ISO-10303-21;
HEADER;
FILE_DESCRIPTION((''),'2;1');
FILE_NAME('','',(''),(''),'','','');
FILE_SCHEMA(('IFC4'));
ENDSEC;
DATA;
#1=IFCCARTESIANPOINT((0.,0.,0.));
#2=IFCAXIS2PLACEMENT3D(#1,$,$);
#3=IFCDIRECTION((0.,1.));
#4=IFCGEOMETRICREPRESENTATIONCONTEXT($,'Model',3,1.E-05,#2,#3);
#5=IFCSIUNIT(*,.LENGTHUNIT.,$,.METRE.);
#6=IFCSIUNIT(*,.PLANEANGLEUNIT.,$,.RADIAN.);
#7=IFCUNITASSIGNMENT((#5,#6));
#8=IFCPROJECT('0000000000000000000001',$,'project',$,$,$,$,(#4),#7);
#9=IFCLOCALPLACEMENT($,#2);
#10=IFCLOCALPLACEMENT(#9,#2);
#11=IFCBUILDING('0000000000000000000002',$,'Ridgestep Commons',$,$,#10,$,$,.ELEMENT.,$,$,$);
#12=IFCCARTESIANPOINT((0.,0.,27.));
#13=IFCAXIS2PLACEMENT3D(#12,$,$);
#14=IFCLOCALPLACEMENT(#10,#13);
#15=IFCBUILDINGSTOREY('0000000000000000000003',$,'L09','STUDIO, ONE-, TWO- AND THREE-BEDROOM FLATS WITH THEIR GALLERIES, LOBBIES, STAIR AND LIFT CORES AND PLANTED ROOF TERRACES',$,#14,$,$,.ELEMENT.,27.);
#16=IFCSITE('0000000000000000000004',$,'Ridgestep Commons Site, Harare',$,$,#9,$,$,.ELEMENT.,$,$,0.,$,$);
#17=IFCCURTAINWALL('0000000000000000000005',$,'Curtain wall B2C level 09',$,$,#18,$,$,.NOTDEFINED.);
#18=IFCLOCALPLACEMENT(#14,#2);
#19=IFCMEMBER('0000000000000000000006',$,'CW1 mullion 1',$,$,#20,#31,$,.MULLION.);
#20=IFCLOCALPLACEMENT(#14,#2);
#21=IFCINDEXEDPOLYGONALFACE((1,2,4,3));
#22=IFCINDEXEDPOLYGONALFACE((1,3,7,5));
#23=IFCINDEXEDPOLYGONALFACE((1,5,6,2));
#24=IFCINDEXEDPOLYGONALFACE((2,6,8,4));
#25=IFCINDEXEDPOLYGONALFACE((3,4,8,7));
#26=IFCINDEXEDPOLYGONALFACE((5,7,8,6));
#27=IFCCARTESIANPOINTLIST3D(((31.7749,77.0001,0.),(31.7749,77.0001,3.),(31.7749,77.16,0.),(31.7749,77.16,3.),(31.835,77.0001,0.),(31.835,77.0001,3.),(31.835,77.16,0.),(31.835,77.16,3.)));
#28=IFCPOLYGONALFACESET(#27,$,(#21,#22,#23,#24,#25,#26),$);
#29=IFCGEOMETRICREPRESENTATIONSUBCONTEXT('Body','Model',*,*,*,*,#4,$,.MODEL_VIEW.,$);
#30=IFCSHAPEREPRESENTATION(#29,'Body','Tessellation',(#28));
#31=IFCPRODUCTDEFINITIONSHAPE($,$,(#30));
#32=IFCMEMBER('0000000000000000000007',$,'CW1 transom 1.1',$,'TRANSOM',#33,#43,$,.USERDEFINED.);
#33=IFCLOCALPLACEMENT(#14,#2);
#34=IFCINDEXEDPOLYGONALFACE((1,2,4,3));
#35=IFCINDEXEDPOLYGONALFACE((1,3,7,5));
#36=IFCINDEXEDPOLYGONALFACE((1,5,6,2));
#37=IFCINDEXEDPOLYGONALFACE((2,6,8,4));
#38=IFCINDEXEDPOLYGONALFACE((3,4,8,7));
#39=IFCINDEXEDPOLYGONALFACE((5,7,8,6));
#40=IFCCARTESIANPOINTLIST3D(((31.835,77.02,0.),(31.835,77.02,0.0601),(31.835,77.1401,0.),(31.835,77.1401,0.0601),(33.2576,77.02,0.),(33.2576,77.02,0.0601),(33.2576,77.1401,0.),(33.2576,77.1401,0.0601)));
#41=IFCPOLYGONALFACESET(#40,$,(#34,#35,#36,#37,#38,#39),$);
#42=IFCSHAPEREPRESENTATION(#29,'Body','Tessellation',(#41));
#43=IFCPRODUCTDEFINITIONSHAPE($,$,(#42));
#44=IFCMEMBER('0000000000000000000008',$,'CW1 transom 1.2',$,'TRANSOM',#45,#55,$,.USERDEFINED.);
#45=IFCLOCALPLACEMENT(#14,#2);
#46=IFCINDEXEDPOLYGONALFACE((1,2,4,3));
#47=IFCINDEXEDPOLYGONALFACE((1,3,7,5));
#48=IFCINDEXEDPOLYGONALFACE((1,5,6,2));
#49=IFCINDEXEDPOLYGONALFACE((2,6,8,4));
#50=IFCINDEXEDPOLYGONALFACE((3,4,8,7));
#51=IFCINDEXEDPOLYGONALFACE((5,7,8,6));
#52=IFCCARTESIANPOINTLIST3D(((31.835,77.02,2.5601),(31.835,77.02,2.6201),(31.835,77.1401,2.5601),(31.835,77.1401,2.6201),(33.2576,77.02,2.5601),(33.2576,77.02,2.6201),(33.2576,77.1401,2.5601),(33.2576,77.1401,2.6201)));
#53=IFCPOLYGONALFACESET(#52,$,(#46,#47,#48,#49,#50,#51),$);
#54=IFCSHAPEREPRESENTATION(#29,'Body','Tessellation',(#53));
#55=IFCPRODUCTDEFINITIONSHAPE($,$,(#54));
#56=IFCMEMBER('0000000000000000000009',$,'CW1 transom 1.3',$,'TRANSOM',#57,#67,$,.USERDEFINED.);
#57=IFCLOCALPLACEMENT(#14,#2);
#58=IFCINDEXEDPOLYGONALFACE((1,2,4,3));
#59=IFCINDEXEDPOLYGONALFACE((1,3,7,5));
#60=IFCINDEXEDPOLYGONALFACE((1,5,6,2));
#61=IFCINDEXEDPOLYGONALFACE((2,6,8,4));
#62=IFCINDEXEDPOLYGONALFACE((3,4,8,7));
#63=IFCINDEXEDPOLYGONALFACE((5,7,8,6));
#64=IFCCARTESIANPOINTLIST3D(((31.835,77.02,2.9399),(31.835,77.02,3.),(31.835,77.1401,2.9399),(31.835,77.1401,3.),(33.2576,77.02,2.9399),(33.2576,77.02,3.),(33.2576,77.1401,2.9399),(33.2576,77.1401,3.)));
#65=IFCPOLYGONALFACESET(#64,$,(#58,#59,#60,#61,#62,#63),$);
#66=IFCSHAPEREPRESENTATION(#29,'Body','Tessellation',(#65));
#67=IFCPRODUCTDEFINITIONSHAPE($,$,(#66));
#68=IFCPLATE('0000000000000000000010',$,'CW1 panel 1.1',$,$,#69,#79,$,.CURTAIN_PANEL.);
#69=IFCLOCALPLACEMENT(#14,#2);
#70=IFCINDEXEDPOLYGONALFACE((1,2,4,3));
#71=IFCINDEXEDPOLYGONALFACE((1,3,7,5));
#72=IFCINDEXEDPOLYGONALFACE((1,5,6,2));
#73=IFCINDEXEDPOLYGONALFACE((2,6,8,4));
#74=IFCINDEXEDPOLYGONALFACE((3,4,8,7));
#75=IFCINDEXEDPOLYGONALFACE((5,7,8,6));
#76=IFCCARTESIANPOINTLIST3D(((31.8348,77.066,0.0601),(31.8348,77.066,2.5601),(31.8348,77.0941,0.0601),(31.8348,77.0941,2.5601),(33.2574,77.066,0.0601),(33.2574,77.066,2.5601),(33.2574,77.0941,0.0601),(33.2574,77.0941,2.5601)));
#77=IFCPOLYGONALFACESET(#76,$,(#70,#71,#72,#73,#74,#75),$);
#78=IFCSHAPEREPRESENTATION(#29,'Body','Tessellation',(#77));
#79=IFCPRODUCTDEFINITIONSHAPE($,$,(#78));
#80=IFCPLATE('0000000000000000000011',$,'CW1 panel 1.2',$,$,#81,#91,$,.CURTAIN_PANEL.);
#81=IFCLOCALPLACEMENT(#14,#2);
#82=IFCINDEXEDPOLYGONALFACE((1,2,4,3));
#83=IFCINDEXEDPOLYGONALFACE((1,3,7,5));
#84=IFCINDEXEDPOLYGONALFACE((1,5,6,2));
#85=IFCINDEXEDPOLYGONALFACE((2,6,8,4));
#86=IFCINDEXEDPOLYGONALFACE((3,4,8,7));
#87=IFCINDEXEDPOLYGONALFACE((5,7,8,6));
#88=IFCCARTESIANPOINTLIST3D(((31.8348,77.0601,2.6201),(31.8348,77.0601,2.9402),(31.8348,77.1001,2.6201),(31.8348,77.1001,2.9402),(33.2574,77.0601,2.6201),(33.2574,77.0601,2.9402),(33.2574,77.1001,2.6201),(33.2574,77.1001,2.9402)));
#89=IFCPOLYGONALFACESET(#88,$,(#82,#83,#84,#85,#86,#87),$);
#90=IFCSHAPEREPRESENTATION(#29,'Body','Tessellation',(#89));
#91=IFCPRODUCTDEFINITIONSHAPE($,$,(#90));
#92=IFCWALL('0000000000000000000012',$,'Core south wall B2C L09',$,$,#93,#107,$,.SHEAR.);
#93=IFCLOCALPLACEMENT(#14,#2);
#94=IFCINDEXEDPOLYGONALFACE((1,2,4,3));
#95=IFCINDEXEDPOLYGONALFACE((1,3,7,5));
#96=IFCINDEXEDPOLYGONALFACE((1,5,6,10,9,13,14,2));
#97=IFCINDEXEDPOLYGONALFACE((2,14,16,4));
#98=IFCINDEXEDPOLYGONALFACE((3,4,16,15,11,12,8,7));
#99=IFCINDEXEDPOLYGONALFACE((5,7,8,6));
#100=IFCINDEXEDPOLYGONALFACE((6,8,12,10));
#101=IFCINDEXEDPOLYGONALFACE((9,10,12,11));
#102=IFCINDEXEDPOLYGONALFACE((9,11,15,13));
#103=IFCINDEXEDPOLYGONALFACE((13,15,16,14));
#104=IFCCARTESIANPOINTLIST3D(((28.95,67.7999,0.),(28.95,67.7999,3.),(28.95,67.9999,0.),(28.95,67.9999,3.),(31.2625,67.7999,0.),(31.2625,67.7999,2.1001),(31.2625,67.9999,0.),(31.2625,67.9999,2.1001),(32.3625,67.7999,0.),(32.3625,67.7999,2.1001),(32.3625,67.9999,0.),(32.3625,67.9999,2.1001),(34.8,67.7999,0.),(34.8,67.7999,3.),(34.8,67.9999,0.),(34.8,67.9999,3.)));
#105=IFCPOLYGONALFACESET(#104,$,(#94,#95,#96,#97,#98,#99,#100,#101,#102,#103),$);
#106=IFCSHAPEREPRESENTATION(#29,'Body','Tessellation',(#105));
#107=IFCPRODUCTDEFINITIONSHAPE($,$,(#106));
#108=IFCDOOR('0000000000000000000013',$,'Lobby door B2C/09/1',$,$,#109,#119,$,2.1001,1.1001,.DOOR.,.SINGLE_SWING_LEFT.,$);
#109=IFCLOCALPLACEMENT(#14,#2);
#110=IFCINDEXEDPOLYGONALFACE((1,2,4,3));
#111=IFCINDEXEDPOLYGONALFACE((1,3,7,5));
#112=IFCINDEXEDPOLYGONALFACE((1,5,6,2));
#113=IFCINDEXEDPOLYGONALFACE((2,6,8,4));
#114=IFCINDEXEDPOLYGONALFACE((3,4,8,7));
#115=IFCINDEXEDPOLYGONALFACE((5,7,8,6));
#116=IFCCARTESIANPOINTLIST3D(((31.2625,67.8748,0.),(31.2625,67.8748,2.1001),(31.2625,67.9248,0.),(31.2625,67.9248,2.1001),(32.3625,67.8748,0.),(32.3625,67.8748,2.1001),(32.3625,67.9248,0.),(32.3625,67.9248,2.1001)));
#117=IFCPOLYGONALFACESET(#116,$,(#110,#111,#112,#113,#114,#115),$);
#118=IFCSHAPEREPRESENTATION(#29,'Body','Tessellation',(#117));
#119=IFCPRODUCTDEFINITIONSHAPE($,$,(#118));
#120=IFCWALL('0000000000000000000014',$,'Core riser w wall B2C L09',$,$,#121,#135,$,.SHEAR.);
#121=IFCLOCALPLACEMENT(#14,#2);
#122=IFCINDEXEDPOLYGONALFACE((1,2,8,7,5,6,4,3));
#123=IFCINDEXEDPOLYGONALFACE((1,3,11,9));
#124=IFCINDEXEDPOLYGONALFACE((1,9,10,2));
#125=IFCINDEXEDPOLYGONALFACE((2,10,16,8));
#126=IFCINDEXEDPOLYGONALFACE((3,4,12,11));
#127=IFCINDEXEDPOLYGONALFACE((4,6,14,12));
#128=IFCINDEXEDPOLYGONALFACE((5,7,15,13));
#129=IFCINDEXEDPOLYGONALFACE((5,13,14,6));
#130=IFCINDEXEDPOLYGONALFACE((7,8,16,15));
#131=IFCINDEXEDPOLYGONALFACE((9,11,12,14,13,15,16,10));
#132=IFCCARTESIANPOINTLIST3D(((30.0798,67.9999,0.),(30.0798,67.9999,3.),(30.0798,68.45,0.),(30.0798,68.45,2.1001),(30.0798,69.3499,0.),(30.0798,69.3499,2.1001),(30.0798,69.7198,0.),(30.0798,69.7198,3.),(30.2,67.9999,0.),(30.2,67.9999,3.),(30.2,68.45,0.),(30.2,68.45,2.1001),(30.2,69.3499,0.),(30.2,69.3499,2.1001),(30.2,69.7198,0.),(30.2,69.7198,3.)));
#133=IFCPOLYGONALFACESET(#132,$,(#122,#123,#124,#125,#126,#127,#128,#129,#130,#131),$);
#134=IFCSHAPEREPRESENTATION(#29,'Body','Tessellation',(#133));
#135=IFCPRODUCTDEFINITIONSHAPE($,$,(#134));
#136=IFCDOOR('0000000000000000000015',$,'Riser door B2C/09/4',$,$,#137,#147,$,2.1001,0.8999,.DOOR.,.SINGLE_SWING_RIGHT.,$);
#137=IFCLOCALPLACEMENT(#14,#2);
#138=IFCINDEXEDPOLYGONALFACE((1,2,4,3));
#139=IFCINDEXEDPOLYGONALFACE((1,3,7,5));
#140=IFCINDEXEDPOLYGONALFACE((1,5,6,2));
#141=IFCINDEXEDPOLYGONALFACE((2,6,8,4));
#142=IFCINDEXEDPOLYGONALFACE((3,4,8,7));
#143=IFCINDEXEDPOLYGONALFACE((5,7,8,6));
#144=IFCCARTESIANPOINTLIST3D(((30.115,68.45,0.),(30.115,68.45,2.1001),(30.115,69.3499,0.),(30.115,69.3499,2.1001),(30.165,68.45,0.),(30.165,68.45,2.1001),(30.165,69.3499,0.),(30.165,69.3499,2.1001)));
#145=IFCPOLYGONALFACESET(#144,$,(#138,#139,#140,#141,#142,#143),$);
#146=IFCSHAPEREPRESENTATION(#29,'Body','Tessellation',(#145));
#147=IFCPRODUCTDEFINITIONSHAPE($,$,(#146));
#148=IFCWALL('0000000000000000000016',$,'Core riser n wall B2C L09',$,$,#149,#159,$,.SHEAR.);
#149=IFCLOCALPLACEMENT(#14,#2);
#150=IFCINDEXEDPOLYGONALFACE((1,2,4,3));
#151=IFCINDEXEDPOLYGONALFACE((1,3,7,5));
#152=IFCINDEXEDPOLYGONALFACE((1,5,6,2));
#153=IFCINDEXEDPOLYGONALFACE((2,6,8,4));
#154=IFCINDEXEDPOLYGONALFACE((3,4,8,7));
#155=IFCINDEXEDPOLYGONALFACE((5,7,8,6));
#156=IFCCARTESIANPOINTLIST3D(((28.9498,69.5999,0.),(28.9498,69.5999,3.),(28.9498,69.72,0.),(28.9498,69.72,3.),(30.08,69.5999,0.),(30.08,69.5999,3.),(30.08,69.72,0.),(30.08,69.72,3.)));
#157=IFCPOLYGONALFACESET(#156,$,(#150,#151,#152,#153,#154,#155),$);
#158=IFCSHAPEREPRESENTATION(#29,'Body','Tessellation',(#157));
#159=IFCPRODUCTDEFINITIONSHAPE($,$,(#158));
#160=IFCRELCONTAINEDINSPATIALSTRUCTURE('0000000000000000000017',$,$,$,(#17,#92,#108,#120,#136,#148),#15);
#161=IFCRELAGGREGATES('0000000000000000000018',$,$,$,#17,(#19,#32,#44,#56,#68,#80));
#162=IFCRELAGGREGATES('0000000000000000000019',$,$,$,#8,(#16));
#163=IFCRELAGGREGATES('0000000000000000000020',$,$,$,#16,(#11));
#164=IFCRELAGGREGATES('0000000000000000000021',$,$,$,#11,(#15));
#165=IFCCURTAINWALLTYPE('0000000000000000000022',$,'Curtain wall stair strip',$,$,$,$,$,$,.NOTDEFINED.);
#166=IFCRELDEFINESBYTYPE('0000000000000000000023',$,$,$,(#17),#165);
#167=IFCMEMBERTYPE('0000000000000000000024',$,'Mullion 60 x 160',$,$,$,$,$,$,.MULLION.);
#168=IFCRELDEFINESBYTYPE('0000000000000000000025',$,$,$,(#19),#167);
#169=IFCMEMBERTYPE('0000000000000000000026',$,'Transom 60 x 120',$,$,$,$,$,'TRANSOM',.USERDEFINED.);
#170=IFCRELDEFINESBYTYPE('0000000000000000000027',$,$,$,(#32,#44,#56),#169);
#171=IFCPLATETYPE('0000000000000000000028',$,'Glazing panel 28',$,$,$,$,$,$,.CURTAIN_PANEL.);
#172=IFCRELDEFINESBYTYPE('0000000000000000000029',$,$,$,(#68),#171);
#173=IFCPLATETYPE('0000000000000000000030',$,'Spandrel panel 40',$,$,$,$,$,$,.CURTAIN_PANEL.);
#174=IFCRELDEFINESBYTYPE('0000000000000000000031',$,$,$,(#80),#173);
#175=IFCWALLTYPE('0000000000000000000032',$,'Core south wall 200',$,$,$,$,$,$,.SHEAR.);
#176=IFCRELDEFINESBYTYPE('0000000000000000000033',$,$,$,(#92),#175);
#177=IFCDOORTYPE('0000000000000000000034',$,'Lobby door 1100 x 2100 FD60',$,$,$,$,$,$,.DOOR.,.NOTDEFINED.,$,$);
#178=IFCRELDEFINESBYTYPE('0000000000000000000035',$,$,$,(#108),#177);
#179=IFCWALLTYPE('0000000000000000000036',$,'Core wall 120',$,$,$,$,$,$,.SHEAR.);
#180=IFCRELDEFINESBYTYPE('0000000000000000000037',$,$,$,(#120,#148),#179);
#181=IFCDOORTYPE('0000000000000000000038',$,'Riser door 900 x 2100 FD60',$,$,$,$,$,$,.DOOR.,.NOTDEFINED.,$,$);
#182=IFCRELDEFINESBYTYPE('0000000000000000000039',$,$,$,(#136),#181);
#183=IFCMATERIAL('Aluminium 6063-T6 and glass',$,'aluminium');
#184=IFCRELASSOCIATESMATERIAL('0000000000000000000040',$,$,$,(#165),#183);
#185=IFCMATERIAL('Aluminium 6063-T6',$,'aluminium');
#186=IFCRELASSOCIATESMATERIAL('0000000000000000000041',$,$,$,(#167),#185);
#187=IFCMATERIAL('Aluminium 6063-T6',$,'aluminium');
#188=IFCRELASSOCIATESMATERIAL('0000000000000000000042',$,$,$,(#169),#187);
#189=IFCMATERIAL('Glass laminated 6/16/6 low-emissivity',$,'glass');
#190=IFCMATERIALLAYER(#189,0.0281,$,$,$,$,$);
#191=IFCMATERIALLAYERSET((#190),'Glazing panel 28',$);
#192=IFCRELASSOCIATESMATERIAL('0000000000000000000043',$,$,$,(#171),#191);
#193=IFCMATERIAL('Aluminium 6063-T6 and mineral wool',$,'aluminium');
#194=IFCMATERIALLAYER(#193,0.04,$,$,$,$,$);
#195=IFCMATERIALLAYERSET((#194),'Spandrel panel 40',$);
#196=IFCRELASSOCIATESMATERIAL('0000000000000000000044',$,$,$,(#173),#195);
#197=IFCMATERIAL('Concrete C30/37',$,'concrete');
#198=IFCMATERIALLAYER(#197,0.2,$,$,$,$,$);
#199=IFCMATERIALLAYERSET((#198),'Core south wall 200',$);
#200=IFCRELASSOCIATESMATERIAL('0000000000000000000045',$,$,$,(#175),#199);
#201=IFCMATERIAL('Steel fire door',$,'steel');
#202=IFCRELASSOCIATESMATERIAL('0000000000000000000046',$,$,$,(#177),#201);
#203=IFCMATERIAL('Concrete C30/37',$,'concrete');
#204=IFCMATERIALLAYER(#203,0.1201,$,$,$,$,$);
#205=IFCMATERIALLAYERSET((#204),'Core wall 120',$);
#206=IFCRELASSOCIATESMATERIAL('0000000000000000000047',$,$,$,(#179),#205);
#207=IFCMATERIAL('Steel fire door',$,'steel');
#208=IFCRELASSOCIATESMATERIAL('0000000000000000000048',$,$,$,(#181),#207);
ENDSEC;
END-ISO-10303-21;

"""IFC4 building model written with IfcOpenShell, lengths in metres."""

from ifc_helpers import new_model, si_unit, direction, frame, frame_2d, origin, origin_2d, place, context, subcontext, project, spatial, rectangle, extrude, material, layer, layer_set, material_profile, profile_set, type_object, element, fill, aggregate, save


model = new_model("IFC4")

# Units and contexts
model_context = context("Model", 3, precision=1e-05, world=origin(), true_north=direction((0.0, 1.0)))
body_context = subcontext(model_context, "Body", "Model", "MODEL_VIEW")
ifc_project = project(units=[si_unit("LENGTHUNIT", "METRE"), si_unit("PLANEANGLEUNIT", "RADIAN")], contexts=[model_context])

# Site, building, storey
site_placement = place(None, origin())
site = spatial("IfcSite", under=ifc_project, at=site_placement, Name="Ridgestep Commons Site, Harare", CompositionType="ELEMENT", RefElevation=0.0)
building_placement = place(site_placement, origin())
building = spatial("IfcBuilding", under=site, at=building_placement, Name="Ridgestep Commons", CompositionType="ELEMENT")
storey_placement = place(building_placement, frame((0.0, 0.0, 27.0)))
storey = spatial("IfcBuildingStorey", under=building, at=storey_placement, Name="L09", Description="STUDIO, ONE-, TWO- AND THREE-BEDROOM FLATS WITH THEIR GALLERIES, LOBBIES, STAIR AND LIFT CORES AND PLANTED ROOF TERRACES", CompositionType="ELEMENT", Elevation=27.0)

# Curtain wall, members, plates
ifc_material_1 = material(Name="Aluminium 6063-T6 and glass", Category="aluminium")
curtain_wall_type = type_object("IfcCurtainWallType", Name="Curtain wall stair strip", PredefinedType="NOTDEFINED", material=ifc_material_1)
curtain_wall_placement = place(storey_placement, origin())
curtain_wall = element("IfcCurtainWall", 1, at=curtain_wall_placement, inside=storey, type_object=curtain_wall_type, Name="Curtain wall B2C level 09", PredefinedType="NOTDEFINED")
ifc_material_2 = material(Name="Aluminium 6063-T6", Category="aluminium")
ifc_material_profile_1 = material_profile(ifc_material_2, rectangle(XDim=0.1599, YDim=0.0601, at=origin_2d()), Name="Mullion 60 x 160")
ifc_profile_set_1 = profile_set([ifc_material_profile_1], Name="Aluminium 6063-T6")
member_type_1 = type_object("IfcMemberType", Name="Mullion 60 x 160", PredefinedType="MULLION", material=ifc_profile_set_1)
member_1_placement = place(storey_placement, frame((31.8049, 77.0801, 0.0), z_axis=(0.0, 0.0, 1.0), x_axis=(0.0, 1.0, 0.0)))
member_1 = element("IfcMember", 2, at=member_1_placement, type_object=member_type_1, Name="CW1 mullion 1", PredefinedType="MULLION", context=body_context, shape_type="SweptSolid", body=[
    extrude(rectangle(XDim=0.1599, YDim=0.0601, at=origin_2d()), origin(), (0.0, 0.0, 1.0), 3.0),
])
ifc_material_3 = material(Name="Aluminium 6063-T6", Category="aluminium")
ifc_material_profile_2 = material_profile(ifc_material_3, rectangle(XDim=0.1201, YDim=0.0601, at=origin_2d()), Name="Transom 60 x 120")
ifc_profile_set_2 = profile_set([ifc_material_profile_2], Name="Aluminium 6063-T6")
member_type_2 = type_object("IfcMemberType", Name="Transom 60 x 120", ElementType="TRANSOM", PredefinedType="USERDEFINED", material=ifc_profile_set_2)
member_2_placement = place(storey_placement, frame((31.835, 77.0801, 0.03), z_axis=(1.0, 0.0, 0.0), x_axis=(0.0, 1.0, 0.0)))
member_2 = element("IfcMember", 3, at=member_2_placement, type_object=member_type_2, Name="CW1 transom 1.1", ObjectType="TRANSOM", PredefinedType="USERDEFINED", context=body_context, shape_type="SweptSolid", body=[
    extrude(rectangle(XDim=0.1201, YDim=0.0601, at=origin_2d()), origin(), (0.0, 0.0, 1.0), 1.4226),
])
member_3_placement = place(storey_placement, frame((31.835, 77.0801, 2.5901), z_axis=(1.0, 0.0, 0.0), x_axis=(0.0, 1.0, 0.0)))
member_3 = element("IfcMember", 4, at=member_3_placement, type_object=member_type_2, Name="CW1 transom 1.2", ObjectType="TRANSOM", PredefinedType="USERDEFINED", context=body_context, shape_type="SweptSolid", body=[
    extrude(rectangle(XDim=0.1201, YDim=0.0601, at=origin_2d()), origin(), (0.0, 0.0, 1.0), 1.4226),
])
member_4_placement = place(storey_placement, frame((31.835, 77.0801, 2.97), z_axis=(1.0, 0.0, 0.0), x_axis=(0.0, 1.0, 0.0)))
member_4 = element("IfcMember", 5, at=member_4_placement, type_object=member_type_2, Name="CW1 transom 1.3", ObjectType="TRANSOM", PredefinedType="USERDEFINED", context=body_context, shape_type="SweptSolid", body=[
    extrude(rectangle(XDim=0.1201, YDim=0.0601, at=origin_2d()), origin(), (0.0, 0.0, 1.0), 1.4226),
])
ifc_material_4 = material(Name="Glass laminated 6/16/6 low-emissivity", Category="glass")
ifc_layer_1 = layer(ifc_material_4, 0.0281)
ifc_layer_set_1 = layer_set([ifc_layer_1], Name="Glazing panel 28")
plate_type_1 = type_object("IfcPlateType", Name="Glazing panel 28", PredefinedType="CURTAIN_PANEL", material=ifc_layer_set_1)
plate_1_placement = place(storey_placement, frame((32.5461, 77.0801, 0.0601), z_axis=(0.0, 0.0, 1.0), x_axis=(1.0, 0.0, 0.0)))
plate_1 = element("IfcPlate", 6, at=plate_1_placement, type_object=plate_type_1, Name="CW1 panel 1.1", PredefinedType="CURTAIN_PANEL", context=body_context, shape_type="SweptSolid", body=[
    extrude(rectangle(XDim=1.4226, YDim=0.0281, at=origin_2d()), origin(), (0.0, 0.0, 1.0), 2.5),
])
ifc_material_5 = material(Name="Aluminium 6063-T6 and mineral wool", Category="aluminium")
ifc_layer_2 = layer(ifc_material_5, 0.04)
ifc_layer_set_2 = layer_set([ifc_layer_2], Name="Spandrel panel 40")
plate_type_2 = type_object("IfcPlateType", Name="Spandrel panel 40", PredefinedType="CURTAIN_PANEL", material=ifc_layer_set_2)
plate_2_placement = place(storey_placement, frame((32.5461, 77.0801, 2.6201), z_axis=(0.0, 0.0, 1.0), x_axis=(1.0, 0.0, 0.0)))
plate_2 = element("IfcPlate", 7, at=plate_2_placement, type_object=plate_type_2, Name="CW1 panel 1.2", PredefinedType="CURTAIN_PANEL", context=body_context, shape_type="SweptSolid", body=[
    extrude(rectangle(XDim=1.4226, YDim=0.04, at=origin_2d()), origin(), (0.0, 0.0, 1.0), 0.3201),
])
aggregate(curtain_wall, [member_1, member_2, member_3, member_4, plate_1, plate_2])

# Walls, openings, doors
ifc_material_6 = material(Name="Concrete C30/37", Category="concrete")
ifc_layer_3 = layer(ifc_material_6, 0.2)
ifc_layer_set_3 = layer_set([ifc_layer_3], Name="Core south wall 200")
wall_type_1 = type_object("IfcWallType", Name="Core south wall 200", PredefinedType="SHEAR", material=ifc_layer_set_3)
wall_1_placement = place(storey_placement, frame((28.95, 67.8999, 0.0), z_axis=(0.0, 0.0, 1.0), x_axis=(1.0, 0.0, 0.0)))
wall_1 = element("IfcWall", 8, at=wall_1_placement, inside=storey, type_object=wall_type_1, Name="Core south wall B2C L09", PredefinedType="SHEAR", context=body_context, shape_type="SweptSolid", body=[
    extrude(rectangle(XDim=5.8501, YDim=0.2, at=frame_2d((2.925, 0.0))), origin(), (0.0, 0.0, 1.0), 3.0),
])
opening_1_placement = place(wall_1_placement, frame((2.3125, 0.0, 0.0)))
opening_1 = element("IfcOpeningElement", 9, at=opening_1_placement, cuts=wall_1, PredefinedType="OPENING", context=body_context, shape_type="SweptSolid", body=[
    extrude(rectangle(XDim=1.1001, YDim=2.1001, at=frame_2d((0.55, 1.05))), frame((0.0, 0.1099, 0.0), z_axis=(0.0, -1.0, 0.0), x_axis=(1.0, 0.0, 0.0)), (0.0, 0.0, 1.0), 0.22),
])
ifc_material_7 = material(Name="Steel fire door", Category="steel")
door_type_1 = type_object("IfcDoorType", Name="Lobby door 1100 x 2100 FD60", OperationType="NOTDEFINED", PredefinedType="DOOR", material=ifc_material_7)
door_1_placement = place(opening_1_placement, origin())
door_1 = element("IfcDoor", 10, at=door_1_placement, inside=storey, type_object=door_type_1, Name="Lobby door B2C/09/1", OperationType="SINGLE_SWING_LEFT", OverallHeight=2.1001, OverallWidth=1.1001, PredefinedType="DOOR", context=body_context, shape_type="SweptSolid", body=[
    extrude(rectangle(XDim=1.1001, YDim=2.1001, at=frame_2d((0.55, 1.05))), frame((0.0, 0.0249, 0.0), z_axis=(0.0, -1.0, 0.0), x_axis=(1.0, 0.0, 0.0)), (0.0, 0.0, 1.0), 0.05),
])
fill(opening_1, door_1)
ifc_material_8 = material(Name="Concrete C30/37", Category="concrete")
ifc_layer_4 = layer(ifc_material_8, 0.1201)
ifc_layer_set_4 = layer_set([ifc_layer_4], Name="Core wall 120")
wall_type_2 = type_object("IfcWallType", Name="Core wall 120", PredefinedType="SHEAR", material=ifc_layer_set_4)
wall_2_placement = place(storey_placement, frame((30.1399, 68.0, 0.0), z_axis=(0.0, 0.0, 1.0), x_axis=(0.0, 1.0, 0.0)))
wall_2 = element("IfcWall", 11, at=wall_2_placement, inside=storey, type_object=wall_type_2, Name="Core riser w wall B2C L09", PredefinedType="SHEAR", context=body_context, shape_type="SweptSolid", body=[
    extrude(rectangle(XDim=1.72, YDim=0.1201, at=frame_2d((0.8599, 0.0))), origin(), (0.0, 0.0, 1.0), 3.0),
])
opening_2_placement = place(wall_2_placement, frame((0.45, 0.0, 0.0)))
opening_2 = element("IfcOpeningElement", 12, at=opening_2_placement, cuts=wall_2, PredefinedType="OPENING", context=body_context, shape_type="SweptSolid", body=[
    extrude(rectangle(XDim=0.8999, YDim=2.1001, at=frame_2d((0.45, 1.05))), frame((0.0, 0.0701, 0.0), z_axis=(0.0, -1.0, 0.0), x_axis=(1.0, 0.0, 0.0)), (0.0, 0.0, 1.0), 0.1401),
])
ifc_material_9 = material(Name="Steel fire door", Category="steel")
door_type_2 = type_object("IfcDoorType", Name="Riser door 900 x 2100 FD60", OperationType="NOTDEFINED", PredefinedType="DOOR", material=ifc_material_9)
door_2_placement = place(opening_2_placement, origin())
door_2 = element("IfcDoor", 13, at=door_2_placement, inside=storey, type_object=door_type_2, Name="Riser door B2C/09/4", OperationType="SINGLE_SWING_RIGHT", OverallHeight=2.1001, OverallWidth=0.8999, PredefinedType="DOOR", context=body_context, shape_type="SweptSolid", body=[
    extrude(rectangle(XDim=0.8999, YDim=2.1001, at=frame_2d((0.45, 1.05))), frame((0.0, 0.0249, 0.0), z_axis=(0.0, -1.0, 0.0), x_axis=(1.0, 0.0, 0.0)), (0.0, 0.0, 1.0), 0.05),
])
fill(opening_2, door_2)

# Wall
wall_3_placement = place(storey_placement, frame((28.95, 69.6599, 0.0), z_axis=(0.0, 0.0, 1.0), x_axis=(1.0, 0.0, 0.0)))
element("IfcWall", 14, at=wall_3_placement, inside=storey, type_object=wall_type_2, Name="Core riser n wall B2C L09", PredefinedType="SHEAR", context=body_context, shape_type="SweptSolid", body=[
    extrude(rectangle(XDim=1.1301, YDim=0.1201, at=frame_2d((0.5649, 0.0))), origin(), (0.0, 0.0, 1.0), 3.0),
])

save(model, "model.ifc")
